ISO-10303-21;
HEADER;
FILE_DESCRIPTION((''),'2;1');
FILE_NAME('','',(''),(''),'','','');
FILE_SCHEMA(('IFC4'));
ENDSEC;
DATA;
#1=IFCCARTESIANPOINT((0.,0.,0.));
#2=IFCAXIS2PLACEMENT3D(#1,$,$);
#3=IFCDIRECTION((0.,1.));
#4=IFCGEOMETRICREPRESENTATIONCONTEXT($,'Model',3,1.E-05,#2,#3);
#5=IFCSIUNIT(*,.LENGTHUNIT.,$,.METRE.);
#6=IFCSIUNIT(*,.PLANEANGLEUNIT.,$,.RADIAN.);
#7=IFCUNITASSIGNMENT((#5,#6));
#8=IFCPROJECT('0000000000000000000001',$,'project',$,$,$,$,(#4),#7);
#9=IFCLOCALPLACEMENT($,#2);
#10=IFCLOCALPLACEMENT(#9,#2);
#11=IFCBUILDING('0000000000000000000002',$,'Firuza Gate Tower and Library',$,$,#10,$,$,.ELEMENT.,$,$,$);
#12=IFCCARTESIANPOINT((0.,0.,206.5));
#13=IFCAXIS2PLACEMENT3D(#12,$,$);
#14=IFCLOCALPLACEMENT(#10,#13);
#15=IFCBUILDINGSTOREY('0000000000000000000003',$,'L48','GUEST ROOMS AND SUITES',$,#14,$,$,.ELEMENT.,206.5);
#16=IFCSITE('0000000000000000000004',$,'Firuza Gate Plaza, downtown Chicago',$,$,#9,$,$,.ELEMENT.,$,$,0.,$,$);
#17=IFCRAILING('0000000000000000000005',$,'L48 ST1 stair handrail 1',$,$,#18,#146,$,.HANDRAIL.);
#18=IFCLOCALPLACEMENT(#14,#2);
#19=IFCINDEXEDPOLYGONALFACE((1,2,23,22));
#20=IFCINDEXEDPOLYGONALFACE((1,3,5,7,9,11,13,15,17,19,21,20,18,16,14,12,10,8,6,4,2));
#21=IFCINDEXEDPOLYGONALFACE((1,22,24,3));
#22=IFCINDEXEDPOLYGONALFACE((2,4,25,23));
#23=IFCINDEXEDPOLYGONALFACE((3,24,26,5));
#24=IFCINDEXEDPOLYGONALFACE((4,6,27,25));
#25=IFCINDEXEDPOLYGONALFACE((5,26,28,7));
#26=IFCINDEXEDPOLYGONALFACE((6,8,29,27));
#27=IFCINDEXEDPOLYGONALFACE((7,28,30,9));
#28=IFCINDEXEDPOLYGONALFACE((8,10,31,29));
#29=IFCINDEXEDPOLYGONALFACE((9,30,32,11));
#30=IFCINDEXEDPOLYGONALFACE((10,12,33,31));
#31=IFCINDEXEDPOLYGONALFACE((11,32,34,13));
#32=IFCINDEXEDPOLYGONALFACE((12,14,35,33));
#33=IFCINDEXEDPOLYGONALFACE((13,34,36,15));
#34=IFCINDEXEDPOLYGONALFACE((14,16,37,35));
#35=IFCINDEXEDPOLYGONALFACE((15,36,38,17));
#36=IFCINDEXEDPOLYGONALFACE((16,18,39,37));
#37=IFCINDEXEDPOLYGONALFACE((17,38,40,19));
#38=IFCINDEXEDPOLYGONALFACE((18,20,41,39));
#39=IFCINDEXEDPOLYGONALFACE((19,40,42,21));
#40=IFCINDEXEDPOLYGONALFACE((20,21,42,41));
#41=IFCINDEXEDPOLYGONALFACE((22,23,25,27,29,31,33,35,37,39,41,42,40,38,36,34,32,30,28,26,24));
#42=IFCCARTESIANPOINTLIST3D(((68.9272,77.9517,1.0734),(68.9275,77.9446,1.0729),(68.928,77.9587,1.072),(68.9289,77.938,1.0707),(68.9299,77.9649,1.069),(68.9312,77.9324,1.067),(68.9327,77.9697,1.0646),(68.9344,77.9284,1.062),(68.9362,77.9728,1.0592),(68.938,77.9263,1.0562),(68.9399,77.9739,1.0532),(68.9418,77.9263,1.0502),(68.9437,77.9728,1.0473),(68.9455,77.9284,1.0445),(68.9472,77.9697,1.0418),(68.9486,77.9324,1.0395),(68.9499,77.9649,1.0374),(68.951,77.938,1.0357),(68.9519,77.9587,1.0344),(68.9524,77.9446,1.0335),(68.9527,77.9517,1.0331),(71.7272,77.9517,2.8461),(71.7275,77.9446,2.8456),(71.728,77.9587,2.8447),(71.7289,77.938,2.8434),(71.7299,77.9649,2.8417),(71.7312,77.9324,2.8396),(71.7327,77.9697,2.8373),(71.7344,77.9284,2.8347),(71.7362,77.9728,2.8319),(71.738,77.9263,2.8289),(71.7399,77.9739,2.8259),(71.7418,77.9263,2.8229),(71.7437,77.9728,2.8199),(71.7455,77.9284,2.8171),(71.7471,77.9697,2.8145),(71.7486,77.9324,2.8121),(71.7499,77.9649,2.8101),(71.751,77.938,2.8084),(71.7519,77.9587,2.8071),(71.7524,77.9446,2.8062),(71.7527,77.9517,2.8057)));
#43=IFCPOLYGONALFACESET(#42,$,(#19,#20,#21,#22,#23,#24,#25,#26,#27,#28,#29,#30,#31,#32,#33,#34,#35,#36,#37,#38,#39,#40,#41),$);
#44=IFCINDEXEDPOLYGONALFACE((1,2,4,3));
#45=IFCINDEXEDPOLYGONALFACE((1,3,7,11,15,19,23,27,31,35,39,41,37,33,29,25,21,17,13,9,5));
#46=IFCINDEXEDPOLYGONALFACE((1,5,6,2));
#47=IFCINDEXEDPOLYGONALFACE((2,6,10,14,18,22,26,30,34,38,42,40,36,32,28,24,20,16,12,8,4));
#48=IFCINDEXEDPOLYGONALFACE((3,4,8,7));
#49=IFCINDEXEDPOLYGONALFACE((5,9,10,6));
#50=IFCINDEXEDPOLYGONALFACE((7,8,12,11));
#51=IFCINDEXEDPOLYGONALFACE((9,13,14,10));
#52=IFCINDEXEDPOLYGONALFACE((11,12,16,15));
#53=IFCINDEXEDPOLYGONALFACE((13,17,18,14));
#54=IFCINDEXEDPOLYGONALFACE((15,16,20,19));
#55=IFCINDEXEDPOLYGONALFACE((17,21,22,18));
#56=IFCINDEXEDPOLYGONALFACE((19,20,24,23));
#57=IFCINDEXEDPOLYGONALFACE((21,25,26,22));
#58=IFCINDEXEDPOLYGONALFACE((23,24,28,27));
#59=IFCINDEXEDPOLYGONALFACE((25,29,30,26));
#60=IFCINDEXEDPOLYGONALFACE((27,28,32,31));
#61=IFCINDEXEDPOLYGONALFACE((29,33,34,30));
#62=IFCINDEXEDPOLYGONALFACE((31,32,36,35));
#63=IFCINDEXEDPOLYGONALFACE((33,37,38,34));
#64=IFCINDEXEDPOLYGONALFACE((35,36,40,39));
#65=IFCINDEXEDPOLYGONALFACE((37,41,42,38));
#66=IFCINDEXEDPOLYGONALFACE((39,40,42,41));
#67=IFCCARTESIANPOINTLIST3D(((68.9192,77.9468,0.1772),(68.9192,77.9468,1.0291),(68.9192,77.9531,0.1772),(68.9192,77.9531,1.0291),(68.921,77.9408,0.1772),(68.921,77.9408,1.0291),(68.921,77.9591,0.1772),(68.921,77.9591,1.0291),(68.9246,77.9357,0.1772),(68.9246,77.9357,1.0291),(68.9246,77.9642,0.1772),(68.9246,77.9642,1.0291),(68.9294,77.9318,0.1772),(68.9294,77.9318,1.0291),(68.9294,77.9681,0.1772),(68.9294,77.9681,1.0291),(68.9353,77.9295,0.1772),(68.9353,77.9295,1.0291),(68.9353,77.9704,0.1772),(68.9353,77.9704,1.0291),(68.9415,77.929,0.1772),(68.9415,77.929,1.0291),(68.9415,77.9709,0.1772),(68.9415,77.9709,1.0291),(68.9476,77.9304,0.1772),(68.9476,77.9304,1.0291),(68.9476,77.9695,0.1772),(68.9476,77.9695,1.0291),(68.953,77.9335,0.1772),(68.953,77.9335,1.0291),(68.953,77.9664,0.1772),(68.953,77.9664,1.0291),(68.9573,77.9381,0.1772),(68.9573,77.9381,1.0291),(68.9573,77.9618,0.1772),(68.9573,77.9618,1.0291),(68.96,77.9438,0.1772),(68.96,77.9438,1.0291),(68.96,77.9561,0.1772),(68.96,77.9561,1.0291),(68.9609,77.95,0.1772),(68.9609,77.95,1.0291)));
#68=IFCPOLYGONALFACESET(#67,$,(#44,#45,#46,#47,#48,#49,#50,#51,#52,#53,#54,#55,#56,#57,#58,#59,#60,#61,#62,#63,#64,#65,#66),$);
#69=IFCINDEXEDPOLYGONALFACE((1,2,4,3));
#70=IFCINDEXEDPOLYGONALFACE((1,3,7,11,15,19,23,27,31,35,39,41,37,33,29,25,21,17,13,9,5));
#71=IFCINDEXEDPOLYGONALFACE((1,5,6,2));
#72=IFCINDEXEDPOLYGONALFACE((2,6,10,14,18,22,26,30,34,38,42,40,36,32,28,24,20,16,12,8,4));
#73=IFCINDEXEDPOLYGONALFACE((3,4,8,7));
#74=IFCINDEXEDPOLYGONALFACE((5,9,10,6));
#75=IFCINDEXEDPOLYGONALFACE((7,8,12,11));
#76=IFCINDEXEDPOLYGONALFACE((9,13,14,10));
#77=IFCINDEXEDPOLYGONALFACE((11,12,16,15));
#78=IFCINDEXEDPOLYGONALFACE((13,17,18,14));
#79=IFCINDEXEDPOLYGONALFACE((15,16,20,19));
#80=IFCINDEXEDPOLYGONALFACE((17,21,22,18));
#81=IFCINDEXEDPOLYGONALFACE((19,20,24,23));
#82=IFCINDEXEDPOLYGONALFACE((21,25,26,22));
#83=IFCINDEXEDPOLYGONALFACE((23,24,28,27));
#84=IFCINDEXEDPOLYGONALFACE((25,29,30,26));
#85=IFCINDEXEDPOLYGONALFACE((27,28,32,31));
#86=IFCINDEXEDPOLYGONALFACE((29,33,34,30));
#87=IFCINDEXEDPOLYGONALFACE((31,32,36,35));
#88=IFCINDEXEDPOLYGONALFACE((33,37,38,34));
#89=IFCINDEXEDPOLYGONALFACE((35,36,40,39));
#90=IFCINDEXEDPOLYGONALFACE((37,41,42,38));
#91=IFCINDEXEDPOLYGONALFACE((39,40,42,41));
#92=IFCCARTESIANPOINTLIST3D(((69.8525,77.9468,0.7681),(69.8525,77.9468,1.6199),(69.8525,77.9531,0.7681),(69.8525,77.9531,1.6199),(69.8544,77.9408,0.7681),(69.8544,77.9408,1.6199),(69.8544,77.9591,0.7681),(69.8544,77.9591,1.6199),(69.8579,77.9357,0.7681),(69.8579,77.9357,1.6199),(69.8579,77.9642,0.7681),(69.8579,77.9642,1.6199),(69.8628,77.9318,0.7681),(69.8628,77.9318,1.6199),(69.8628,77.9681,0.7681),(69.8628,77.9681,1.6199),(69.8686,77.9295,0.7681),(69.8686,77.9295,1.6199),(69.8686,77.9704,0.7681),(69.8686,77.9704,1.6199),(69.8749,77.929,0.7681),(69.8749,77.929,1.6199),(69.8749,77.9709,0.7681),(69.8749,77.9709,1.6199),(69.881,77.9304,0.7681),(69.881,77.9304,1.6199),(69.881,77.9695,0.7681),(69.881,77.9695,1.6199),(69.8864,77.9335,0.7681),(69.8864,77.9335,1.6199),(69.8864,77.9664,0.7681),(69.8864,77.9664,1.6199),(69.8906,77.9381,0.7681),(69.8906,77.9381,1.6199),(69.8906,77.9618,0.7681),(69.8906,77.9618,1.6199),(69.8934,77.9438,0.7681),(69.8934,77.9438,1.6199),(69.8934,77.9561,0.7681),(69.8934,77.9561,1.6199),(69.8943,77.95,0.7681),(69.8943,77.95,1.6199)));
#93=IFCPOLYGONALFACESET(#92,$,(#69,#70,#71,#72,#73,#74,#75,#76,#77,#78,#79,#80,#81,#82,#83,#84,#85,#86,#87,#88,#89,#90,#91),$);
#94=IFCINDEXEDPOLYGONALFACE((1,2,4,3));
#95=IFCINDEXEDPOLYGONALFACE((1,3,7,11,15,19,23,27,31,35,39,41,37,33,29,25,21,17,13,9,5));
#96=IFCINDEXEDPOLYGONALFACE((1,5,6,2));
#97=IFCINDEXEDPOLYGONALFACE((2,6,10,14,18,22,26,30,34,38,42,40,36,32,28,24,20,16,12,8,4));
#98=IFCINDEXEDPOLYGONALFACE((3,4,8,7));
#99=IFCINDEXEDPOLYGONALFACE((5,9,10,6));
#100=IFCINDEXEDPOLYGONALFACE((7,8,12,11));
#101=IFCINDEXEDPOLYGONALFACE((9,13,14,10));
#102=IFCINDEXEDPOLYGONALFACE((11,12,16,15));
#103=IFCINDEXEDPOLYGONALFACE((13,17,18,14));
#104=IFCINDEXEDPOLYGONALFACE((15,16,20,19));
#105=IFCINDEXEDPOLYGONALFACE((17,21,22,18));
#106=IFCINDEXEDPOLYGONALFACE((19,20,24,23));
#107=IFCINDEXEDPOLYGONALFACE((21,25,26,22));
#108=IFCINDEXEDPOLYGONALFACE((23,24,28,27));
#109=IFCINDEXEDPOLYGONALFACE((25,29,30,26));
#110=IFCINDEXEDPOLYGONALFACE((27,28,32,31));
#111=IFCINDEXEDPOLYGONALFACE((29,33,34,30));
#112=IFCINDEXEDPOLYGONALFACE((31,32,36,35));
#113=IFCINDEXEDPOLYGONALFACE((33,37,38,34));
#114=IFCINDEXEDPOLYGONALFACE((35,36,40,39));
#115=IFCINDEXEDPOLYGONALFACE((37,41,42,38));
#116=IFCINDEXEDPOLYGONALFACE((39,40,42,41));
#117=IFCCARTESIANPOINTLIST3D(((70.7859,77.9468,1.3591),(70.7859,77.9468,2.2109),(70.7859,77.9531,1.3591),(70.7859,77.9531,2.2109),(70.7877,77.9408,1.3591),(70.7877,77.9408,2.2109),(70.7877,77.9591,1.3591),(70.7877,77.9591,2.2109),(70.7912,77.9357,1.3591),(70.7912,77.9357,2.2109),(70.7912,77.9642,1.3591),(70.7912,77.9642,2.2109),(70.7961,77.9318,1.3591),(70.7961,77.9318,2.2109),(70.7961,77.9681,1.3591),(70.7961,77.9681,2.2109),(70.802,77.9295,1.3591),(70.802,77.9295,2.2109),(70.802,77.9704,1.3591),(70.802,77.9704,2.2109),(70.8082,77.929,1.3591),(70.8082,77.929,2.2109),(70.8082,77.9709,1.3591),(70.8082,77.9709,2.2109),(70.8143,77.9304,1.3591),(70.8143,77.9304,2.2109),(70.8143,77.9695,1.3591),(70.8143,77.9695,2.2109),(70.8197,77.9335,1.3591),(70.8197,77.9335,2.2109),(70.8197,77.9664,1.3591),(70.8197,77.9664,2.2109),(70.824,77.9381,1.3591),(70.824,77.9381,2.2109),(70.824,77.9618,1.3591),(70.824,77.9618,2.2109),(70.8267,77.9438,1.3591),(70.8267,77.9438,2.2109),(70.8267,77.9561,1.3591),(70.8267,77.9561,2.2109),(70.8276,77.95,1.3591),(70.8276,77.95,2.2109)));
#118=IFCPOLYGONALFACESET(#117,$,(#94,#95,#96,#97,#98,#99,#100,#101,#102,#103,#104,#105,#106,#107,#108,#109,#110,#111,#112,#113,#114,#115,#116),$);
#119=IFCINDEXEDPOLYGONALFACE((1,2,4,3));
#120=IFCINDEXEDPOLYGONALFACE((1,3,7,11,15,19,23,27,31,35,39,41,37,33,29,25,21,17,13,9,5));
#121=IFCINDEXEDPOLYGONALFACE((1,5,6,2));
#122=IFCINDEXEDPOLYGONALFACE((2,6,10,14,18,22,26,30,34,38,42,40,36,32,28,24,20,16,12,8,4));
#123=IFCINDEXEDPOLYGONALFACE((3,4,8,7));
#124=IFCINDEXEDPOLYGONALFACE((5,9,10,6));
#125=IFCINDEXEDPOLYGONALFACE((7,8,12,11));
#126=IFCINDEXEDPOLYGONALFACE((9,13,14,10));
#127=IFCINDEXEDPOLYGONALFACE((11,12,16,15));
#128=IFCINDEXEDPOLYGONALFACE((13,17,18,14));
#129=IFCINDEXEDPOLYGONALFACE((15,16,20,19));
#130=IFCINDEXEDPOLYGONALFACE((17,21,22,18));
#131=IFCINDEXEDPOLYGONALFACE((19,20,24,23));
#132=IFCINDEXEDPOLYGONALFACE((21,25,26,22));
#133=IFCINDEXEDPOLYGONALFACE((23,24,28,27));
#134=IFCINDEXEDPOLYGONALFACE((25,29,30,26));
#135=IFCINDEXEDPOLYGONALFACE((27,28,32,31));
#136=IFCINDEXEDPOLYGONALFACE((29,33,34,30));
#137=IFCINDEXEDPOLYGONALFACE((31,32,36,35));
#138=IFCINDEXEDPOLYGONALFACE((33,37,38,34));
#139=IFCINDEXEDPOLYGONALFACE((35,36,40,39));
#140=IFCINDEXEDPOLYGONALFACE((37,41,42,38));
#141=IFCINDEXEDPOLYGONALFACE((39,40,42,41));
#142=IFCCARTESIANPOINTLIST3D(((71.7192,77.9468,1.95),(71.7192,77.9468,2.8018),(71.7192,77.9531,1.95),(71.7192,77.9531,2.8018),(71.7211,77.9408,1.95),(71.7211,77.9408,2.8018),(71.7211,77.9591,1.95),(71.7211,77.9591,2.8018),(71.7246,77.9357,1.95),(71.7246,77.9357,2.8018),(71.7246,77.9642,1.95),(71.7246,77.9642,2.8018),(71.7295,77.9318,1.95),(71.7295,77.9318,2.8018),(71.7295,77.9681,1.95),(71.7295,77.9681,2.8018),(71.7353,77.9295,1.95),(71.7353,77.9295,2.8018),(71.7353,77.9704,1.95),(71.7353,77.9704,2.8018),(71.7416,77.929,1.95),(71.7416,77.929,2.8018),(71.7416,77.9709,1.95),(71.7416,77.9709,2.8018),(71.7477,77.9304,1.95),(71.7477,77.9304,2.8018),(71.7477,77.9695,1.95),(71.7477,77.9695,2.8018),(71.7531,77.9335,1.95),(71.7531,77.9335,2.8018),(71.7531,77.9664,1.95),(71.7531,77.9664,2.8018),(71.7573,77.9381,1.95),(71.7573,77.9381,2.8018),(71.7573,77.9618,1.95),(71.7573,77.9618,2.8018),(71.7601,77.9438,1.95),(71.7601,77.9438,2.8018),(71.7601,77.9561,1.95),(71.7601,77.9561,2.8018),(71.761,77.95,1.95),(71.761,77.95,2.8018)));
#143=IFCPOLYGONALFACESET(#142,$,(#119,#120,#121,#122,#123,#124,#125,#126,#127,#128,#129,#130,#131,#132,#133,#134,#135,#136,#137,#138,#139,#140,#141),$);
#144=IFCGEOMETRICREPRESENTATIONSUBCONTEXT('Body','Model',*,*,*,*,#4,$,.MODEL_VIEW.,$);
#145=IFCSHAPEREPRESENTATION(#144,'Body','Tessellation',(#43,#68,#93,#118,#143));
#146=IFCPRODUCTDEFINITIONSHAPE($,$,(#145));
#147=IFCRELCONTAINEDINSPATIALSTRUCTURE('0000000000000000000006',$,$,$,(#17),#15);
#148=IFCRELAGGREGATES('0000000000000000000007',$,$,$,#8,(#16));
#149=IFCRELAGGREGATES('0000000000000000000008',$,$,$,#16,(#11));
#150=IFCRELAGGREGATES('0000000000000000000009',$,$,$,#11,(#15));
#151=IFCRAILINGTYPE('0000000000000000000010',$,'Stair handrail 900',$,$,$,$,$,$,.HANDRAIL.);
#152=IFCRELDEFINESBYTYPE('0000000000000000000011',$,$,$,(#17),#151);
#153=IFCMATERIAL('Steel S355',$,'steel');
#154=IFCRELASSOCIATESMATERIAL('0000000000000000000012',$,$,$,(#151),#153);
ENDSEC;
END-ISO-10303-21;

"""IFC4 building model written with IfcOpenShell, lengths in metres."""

from ifc_helpers import new_model, si_unit, direction, frame, origin, origin_2d, place, context, subcontext, project, spatial, circle, extrude, material, type_object, element, save


model = new_model("IFC4")

# Units and contexts
model_context = context("Model", 3, precision=1e-05, world=origin(), true_north=direction((0.0, 1.0)))
body_context = subcontext(model_context, "Body", "Model", "MODEL_VIEW")
ifc_project = project(units=[si_unit("LENGTHUNIT", "METRE"), si_unit("PLANEANGLEUNIT", "RADIAN")], contexts=[model_context])

# Site, building, storey
site_placement = place(None, origin())
site = spatial("IfcSite", under=ifc_project, at=site_placement, Name="Firuza Gate Plaza, downtown Chicago", CompositionType="ELEMENT", RefElevation=0.0)
building_placement = place(site_placement, origin())
building = spatial("IfcBuilding", under=site, at=building_placement, Name="Firuza Gate Tower and Library", CompositionType="ELEMENT")
storey_placement = place(building_placement, frame((0.0, 0.0, 206.5)))
storey = spatial("IfcBuildingStorey", under=building, at=storey_placement, Name="L48", Description="GUEST ROOMS AND SUITES", CompositionType="ELEMENT", Elevation=206.5)

# Railing
ifc_material_1 = material(Name="Steel S355", Category="steel")
railing_type = type_object("IfcRailingType", Name="Stair handrail 900", PredefinedType="HANDRAIL", material=ifc_material_1)
railing_1_placement = place(storey_placement, frame((68.9399, 77.95, 0.1772)))
element("IfcRailing", 1, at=railing_1_placement, inside=storey, type_object=railing_type, Name="L48 ST1 stair handrail 1", PredefinedType="HANDRAIL", context=body_context, shape_type="SweptSolid", body=[
    extrude(circle(Radius=0.0239, at=origin_2d()), frame((0.0, 0.0, 0.876), z_axis=(0.844909, 0.0, 0.53491), x_axis=(0.0, 1.0, 0.0)), (0.0, 0.0, 1.0), 3.314),
    extrude(circle(Radius=0.021, at=origin_2d()), origin(), (0.0, 0.0, 1.0), 0.8518),
    extrude(circle(Radius=0.021, at=origin_2d()), frame((0.9333, 0.0, 0.5908)), (0.0, 0.0, 1.0), 0.8518),
    extrude(circle(Radius=0.021, at=origin_2d()), frame((1.8667, 0.0, 1.1819)), (0.0, 0.0, 1.0), 0.8518),
    extrude(circle(Radius=0.021, at=origin_2d()), frame((2.8, 0.0, 1.7727)), (0.0, 0.0, 1.0), 0.8518),
])

save(model, "model.ifc")
